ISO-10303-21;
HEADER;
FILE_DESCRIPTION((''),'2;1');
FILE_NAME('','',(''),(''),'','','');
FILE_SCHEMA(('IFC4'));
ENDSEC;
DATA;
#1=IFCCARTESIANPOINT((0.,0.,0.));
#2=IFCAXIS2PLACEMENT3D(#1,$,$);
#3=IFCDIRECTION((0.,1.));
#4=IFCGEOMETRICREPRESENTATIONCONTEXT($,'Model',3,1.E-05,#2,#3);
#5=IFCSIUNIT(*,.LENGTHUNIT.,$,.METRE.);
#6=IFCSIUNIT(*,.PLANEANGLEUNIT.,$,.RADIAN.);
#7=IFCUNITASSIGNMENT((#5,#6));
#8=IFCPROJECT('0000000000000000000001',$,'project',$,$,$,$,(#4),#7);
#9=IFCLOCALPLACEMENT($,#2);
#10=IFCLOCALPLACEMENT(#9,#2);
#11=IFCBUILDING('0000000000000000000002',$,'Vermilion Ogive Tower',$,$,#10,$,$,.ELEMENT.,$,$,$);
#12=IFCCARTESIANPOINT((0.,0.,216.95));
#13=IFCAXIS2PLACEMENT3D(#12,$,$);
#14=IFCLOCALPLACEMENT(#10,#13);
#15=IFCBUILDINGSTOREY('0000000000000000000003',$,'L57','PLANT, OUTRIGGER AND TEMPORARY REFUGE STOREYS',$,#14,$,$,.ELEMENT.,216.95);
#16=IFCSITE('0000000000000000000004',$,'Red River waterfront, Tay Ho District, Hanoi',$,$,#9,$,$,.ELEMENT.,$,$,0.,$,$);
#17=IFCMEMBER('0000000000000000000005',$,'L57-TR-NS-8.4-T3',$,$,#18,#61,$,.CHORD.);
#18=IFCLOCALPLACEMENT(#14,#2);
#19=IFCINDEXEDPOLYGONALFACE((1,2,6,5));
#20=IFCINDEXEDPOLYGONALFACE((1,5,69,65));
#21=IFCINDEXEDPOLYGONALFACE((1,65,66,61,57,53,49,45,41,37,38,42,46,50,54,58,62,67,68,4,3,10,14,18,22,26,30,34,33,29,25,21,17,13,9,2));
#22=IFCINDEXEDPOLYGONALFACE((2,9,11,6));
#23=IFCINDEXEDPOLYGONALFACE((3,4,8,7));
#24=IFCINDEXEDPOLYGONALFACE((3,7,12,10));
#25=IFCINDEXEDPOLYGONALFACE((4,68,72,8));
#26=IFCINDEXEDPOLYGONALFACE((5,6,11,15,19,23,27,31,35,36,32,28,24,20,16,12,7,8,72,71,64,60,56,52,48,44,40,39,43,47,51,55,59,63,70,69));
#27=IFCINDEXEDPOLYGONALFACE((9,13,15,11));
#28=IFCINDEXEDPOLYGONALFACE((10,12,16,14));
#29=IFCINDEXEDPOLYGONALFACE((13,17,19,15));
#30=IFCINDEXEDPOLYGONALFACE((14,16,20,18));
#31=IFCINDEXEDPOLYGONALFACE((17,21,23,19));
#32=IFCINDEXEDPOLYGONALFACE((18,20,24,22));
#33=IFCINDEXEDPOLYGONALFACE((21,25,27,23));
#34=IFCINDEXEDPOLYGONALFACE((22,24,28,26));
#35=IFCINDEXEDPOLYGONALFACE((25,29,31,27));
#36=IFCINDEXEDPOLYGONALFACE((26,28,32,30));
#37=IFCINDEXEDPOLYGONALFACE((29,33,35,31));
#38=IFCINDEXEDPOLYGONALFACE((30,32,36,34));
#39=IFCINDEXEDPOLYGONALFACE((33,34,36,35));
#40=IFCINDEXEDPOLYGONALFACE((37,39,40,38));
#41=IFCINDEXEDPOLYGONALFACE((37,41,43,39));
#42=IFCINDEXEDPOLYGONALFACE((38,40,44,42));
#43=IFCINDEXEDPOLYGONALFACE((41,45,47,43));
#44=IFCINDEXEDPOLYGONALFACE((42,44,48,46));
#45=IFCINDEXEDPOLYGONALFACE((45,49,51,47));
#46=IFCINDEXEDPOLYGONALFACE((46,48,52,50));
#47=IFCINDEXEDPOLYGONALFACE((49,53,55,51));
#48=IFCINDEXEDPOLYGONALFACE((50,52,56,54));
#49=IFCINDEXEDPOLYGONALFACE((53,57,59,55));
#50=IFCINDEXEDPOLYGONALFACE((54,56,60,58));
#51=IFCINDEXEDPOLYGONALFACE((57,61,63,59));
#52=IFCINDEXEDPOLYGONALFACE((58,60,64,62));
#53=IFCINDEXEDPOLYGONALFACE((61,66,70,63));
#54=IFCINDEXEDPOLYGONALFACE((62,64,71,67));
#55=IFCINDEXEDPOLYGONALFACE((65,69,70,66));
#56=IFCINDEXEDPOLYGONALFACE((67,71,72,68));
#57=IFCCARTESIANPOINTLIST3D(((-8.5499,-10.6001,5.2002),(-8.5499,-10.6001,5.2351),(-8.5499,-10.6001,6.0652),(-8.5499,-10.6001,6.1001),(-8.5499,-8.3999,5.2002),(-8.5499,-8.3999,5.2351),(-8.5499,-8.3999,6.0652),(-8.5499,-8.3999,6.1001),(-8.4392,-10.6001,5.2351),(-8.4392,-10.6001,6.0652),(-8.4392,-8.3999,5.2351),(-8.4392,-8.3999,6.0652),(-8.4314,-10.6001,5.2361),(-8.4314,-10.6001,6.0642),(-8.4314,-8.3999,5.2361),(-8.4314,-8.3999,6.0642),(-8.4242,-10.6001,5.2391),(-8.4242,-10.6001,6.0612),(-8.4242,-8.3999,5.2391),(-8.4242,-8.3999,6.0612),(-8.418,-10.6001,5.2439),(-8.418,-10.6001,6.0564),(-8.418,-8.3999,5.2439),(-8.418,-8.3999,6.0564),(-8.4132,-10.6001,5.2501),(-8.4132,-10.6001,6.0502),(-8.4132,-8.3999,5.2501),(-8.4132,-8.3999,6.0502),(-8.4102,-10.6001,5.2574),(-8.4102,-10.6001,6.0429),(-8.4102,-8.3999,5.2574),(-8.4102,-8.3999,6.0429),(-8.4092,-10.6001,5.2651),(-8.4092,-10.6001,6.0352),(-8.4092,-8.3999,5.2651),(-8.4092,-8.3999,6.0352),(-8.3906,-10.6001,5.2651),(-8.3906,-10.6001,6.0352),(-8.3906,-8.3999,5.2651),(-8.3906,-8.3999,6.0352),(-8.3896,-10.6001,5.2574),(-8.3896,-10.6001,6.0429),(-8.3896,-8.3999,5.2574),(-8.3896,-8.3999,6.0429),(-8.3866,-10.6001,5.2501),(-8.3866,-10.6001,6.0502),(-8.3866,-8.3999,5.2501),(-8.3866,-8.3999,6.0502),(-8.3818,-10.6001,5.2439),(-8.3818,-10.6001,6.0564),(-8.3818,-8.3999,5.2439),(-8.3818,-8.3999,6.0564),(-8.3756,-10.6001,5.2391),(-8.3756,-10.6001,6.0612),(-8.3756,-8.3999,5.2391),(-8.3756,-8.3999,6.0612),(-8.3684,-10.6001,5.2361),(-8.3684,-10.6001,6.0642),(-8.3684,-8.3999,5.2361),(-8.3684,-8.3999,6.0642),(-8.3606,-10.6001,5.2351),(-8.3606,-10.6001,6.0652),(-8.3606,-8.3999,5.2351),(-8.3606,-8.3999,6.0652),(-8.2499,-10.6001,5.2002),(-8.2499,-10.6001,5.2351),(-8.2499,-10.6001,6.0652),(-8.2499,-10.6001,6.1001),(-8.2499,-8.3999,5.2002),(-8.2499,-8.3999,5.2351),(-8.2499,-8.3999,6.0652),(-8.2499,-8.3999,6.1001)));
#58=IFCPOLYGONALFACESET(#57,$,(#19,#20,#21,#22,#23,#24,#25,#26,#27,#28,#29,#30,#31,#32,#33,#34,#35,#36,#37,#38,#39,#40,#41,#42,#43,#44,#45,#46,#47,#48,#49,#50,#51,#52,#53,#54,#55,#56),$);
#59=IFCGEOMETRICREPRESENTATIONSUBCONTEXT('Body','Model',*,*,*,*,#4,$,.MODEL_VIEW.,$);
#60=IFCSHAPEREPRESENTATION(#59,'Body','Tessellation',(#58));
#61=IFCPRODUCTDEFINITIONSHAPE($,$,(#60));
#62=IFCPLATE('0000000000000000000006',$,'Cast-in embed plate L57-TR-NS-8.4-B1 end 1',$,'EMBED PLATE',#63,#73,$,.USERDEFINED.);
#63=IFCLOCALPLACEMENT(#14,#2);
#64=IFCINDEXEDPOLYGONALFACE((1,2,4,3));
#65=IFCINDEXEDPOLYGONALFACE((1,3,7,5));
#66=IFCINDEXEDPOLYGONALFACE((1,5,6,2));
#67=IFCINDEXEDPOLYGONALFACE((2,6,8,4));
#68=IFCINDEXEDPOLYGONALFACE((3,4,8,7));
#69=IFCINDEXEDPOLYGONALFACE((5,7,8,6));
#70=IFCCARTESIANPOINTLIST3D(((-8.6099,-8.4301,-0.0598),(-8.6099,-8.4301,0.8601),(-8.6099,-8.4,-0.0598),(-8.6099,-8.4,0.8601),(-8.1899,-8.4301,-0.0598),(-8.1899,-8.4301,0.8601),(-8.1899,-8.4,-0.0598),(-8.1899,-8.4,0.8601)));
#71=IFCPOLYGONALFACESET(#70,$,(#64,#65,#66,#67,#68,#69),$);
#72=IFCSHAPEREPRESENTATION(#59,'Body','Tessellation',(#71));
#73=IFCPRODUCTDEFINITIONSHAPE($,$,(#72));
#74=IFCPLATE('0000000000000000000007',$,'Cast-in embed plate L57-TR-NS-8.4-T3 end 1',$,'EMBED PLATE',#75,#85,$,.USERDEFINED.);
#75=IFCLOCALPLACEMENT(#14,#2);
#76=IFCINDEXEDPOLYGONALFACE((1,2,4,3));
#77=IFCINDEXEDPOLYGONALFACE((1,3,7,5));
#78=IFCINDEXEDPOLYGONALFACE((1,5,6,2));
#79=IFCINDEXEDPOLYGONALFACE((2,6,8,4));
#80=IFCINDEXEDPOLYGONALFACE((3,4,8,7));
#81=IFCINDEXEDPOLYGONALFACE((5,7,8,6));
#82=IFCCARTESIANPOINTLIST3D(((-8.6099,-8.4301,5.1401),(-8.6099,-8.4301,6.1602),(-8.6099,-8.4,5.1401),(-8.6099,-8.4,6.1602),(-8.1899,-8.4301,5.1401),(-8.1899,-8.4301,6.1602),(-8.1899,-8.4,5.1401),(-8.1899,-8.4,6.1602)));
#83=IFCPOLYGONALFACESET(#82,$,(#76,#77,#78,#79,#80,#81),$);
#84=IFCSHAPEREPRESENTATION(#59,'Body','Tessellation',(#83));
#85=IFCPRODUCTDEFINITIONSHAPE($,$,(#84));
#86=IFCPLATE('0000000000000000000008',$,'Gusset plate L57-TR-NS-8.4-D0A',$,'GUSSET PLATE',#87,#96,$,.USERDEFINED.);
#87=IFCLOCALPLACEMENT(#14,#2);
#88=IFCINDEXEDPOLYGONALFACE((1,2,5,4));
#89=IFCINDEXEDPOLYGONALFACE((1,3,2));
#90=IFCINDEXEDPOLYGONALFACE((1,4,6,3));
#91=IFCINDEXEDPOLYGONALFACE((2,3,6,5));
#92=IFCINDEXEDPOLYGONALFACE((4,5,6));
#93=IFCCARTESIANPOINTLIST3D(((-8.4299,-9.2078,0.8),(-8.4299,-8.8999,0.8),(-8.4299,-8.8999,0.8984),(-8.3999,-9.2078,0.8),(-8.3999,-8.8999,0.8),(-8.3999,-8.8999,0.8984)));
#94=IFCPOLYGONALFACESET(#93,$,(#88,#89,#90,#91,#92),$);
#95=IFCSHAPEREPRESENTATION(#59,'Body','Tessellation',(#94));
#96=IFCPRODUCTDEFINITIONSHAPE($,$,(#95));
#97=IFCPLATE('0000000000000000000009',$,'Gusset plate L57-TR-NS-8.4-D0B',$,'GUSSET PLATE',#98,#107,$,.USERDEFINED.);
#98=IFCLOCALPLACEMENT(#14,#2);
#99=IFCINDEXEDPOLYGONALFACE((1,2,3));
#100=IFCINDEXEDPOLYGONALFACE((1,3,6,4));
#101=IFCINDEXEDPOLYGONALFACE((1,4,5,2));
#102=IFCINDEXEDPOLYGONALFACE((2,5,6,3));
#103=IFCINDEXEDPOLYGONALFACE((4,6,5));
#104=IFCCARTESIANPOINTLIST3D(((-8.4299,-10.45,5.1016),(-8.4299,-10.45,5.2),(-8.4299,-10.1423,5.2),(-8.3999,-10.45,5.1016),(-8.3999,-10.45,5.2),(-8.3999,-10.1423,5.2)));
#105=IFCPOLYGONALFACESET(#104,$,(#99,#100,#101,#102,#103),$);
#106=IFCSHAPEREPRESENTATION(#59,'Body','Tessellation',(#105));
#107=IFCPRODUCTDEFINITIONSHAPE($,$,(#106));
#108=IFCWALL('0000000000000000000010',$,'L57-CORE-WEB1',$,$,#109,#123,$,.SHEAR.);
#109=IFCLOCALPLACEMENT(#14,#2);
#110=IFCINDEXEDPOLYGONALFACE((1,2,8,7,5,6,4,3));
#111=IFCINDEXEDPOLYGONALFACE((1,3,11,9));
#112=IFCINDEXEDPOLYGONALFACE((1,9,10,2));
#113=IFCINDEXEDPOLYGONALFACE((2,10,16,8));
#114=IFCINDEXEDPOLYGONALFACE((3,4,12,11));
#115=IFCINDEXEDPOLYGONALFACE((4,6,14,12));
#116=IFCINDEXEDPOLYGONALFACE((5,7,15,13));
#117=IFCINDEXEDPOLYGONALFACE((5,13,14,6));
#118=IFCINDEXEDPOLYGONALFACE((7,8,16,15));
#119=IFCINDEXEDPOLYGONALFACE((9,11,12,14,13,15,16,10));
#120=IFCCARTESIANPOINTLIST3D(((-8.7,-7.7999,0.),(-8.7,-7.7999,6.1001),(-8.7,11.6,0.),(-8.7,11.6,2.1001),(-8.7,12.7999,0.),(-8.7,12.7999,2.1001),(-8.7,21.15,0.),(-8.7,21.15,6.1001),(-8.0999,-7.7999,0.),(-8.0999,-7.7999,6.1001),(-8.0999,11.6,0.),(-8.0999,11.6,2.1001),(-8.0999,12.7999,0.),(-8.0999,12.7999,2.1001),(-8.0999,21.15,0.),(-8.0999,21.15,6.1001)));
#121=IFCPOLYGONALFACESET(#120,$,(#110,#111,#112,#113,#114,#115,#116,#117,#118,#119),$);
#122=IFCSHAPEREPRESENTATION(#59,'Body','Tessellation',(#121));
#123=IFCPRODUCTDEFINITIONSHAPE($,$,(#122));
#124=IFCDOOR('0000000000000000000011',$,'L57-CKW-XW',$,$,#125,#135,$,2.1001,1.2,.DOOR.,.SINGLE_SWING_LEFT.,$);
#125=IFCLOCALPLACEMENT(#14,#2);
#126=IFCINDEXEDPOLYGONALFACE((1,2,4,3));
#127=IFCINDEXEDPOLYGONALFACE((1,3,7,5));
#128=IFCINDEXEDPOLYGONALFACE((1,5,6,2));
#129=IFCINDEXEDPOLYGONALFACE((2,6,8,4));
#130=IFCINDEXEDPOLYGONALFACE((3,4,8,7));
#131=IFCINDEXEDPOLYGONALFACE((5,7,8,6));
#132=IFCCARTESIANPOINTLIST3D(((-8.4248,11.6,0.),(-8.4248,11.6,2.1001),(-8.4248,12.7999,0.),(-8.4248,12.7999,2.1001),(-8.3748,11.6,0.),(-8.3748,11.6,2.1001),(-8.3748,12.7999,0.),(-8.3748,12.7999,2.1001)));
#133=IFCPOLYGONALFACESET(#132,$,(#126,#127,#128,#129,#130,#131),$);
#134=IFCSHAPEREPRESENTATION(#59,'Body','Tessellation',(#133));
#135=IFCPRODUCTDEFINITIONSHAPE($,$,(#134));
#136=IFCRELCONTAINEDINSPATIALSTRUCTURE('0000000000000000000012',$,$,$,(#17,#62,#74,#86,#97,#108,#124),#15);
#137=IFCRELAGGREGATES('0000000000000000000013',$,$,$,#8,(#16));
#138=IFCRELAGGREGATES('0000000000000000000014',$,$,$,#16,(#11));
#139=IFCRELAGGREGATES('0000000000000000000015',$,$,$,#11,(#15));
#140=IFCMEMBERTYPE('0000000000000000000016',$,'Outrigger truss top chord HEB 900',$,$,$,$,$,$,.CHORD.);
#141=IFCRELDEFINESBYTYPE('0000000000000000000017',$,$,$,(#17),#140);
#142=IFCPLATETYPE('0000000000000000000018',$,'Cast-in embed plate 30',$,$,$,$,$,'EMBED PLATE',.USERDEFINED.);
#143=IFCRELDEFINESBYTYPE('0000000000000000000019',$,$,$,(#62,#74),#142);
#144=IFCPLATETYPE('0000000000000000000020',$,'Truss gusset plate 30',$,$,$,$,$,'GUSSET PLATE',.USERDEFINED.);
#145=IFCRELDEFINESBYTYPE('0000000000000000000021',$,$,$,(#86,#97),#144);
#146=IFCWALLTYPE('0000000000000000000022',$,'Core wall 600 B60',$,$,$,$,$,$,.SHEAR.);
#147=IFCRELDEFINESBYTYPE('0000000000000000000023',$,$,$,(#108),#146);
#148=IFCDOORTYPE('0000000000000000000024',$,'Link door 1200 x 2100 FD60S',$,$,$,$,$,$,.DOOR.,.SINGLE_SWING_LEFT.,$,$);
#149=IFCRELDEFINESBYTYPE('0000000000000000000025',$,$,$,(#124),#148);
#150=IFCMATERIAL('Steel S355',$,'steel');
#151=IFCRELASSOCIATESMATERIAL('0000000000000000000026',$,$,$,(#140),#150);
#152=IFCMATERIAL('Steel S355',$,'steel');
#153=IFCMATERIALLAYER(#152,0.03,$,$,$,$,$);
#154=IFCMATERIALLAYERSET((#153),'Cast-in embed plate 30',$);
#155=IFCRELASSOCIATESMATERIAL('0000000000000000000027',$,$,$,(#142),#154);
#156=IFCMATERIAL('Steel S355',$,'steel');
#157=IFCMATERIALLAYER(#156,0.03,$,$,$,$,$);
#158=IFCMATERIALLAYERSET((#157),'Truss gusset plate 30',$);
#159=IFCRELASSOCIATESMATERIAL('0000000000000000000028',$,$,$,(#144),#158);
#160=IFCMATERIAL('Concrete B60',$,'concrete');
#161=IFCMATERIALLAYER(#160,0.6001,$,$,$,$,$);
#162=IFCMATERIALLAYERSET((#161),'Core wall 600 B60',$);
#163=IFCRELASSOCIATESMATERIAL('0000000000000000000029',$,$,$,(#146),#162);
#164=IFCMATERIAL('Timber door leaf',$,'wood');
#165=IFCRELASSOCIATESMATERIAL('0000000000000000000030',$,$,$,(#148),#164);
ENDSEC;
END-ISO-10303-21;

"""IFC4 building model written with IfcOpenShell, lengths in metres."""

from ifc_helpers import new_model, si_unit, direction, frame, frame_2d, origin, origin_2d, place, context, subcontext, project, spatial, polyline, rectangle, i_section, outline, extrude, material, layer, layer_set, material_profile, profile_set, type_object, element, fill, save


model = new_model("IFC4")

# Units and contexts
model_context = context("Model", 3, precision=1e-05, world=origin(), true_north=direction((0.0, 1.0)))
body_context = subcontext(model_context, "Body", "Model", "MODEL_VIEW")
ifc_project = project(units=[si_unit("LENGTHUNIT", "METRE"), si_unit("PLANEANGLEUNIT", "RADIAN")], contexts=[model_context])

# Site, building, storey
site_placement = place(None, origin())
site = spatial("IfcSite", under=ifc_project, at=site_placement, Name="Red River waterfront, Tay Ho District, Hanoi", CompositionType="ELEMENT", RefElevation=0.0)
building_placement = place(site_placement, origin())
building = spatial("IfcBuilding", under=site, at=building_placement, Name="Vermilion Ogive Tower", CompositionType="ELEMENT")
storey_placement = place(building_placement, frame((0.0, 0.0, 216.95)))
storey = spatial("IfcBuildingStorey", under=building, at=storey_placement, Name="L57", Description="PLANT, OUTRIGGER AND TEMPORARY REFUGE STOREYS", CompositionType="ELEMENT", Elevation=216.95)

# Member
ifc_material_1 = material(Name="Steel S355", Category="steel")
ifc_material_profile_1 = material_profile(ifc_material_1, i_section(OverallWidth=0.3, OverallDepth=0.8999, WebThickness=0.0186, FlangeThickness=0.0349, FilletRadius=0.03, at=origin_2d()), Name="HEB 900")
ifc_profile_set_1 = profile_set([ifc_material_profile_1], Name="Steel S355")
member_type_1 = type_object("IfcMemberType", Name="Outrigger truss top chord HEB 900", PredefinedType="CHORD", material=ifc_profile_set_1)
member_1_placement = place(storey_placement, frame((-8.3999, -8.3999, 5.6501), z_axis=(0.0, -1.0, 0.0), x_axis=(1.0, 0.0, 0.0)))
element("IfcMember", 1, at=member_1_placement, inside=storey, type_object=member_type_1, Name="L57-TR-NS-8.4-T3", PredefinedType="CHORD", context=body_context, shape_type="SweptSolid", body=[
    extrude(i_section(OverallWidth=0.3, OverallDepth=0.8999, WebThickness=0.0186, FlangeThickness=0.0349, FilletRadius=0.03, at=origin_2d()), origin(), (0.0, 0.0, 1.0), 2.2002),
])

# Plates
ifc_material_2 = material(Name="Steel S355", Category="steel")
ifc_layer_1 = layer(ifc_material_2, 0.03)
ifc_layer_set_1 = layer_set([ifc_layer_1], Name="Cast-in embed plate 30")
plate_type_1 = type_object("IfcPlateType", Name="Cast-in embed plate 30", ElementType="EMBED PLATE", PredefinedType="USERDEFINED", material=ifc_layer_set_1)
plate_1_placement = place(storey_placement, frame((-8.3999, -8.415, -0.0598), z_axis=(0.0, 0.0, 1.0), x_axis=(1.0, 0.0, 0.0)))
element("IfcPlate", 2, at=plate_1_placement, inside=storey, type_object=plate_type_1, Name="Cast-in embed plate L57-TR-NS-8.4-B1 end 1", ObjectType="EMBED PLATE", PredefinedType="USERDEFINED", context=body_context, shape_type="SweptSolid", body=[
    extrude(rectangle(XDim=0.4199, YDim=0.03, at=origin_2d()), origin(), (0.0, 0.0, 1.0), 0.9199),
])
plate_2_placement = place(storey_placement, frame((-8.3999, -8.415, 5.1401), z_axis=(0.0, 0.0, 1.0), x_axis=(1.0, 0.0, 0.0)))
element("IfcPlate", 3, at=plate_2_placement, inside=storey, type_object=plate_type_1, Name="Cast-in embed plate L57-TR-NS-8.4-T3 end 1", ObjectType="EMBED PLATE", PredefinedType="USERDEFINED", context=body_context, shape_type="SweptSolid", body=[
    extrude(rectangle(XDim=0.4199, YDim=0.03, at=origin_2d()), origin(), (0.0, 0.0, 1.0), 1.02),
])
ifc_material_3 = material(Name="Steel S355", Category="steel")
ifc_layer_2 = layer(ifc_material_3, 0.03)
ifc_layer_set_2 = layer_set([ifc_layer_2], Name="Truss gusset plate 30")
plate_type_2 = type_object("IfcPlateType", Name="Truss gusset plate 30", ElementType="GUSSET PLATE", PredefinedType="USERDEFINED", material=ifc_layer_set_2)
plate_3_placement = place(storey_placement, frame((-8.3999, -8.8999, 0.8984), z_axis=(1.0, 0.0, 0.0), x_axis=(0.0, -0.952538, -0.304419)))
element("IfcPlate", 4, at=plate_3_placement, inside=storey, type_object=plate_type_2, Name="Gusset plate L57-TR-NS-8.4-D0A", ObjectType="GUSSET PLATE", PredefinedType="USERDEFINED", context=body_context, shape_type="SweptSolid", body=[
    extrude(outline(polyline([(0.0, 0.0), (0.3232, 0.0), (0.03, 0.0937), (0.0, 0.0)])), origin(), (0.0, 0.0, -1.0), 0.03),
])
plate_4_placement = place(storey_placement, frame((-8.3999, -10.45, 5.1016), z_axis=(1.0, 0.0, 0.0), x_axis=(0.0, 0.952468, 0.304639)))
element("IfcPlate", 5, at=plate_4_placement, inside=storey, type_object=plate_type_2, Name="Gusset plate L57-TR-NS-8.4-D0B", ObjectType="GUSSET PLATE", PredefinedType="USERDEFINED", context=body_context, shape_type="SweptSolid", body=[
    extrude(outline(polyline([(0.0, 0.0), (0.323, 0.0), (0.03, 0.0937), (0.0, 0.0)])), origin(), (0.0, 0.0, -1.0), 0.03),
])

# Wall, opening, door
ifc_material_4 = material(Name="Concrete B60", Category="concrete")
ifc_layer_3 = layer(ifc_material_4, 0.6001)
ifc_layer_set_3 = layer_set([ifc_layer_3], Name="Core wall 600 B60")
wall_type_1 = type_object("IfcWallType", Name="Core wall 600 B60", PredefinedType="SHEAR", material=ifc_layer_set_3)
wall_1_placement = place(storey_placement, frame((-8.3999, -7.8, 0.0), z_axis=(0.0, 0.0, 1.0), x_axis=(0.0, 1.0, 0.0)))
wall_1 = element("IfcWall", 6, at=wall_1_placement, inside=storey, type_object=wall_type_1, Name="L57-CORE-WEB1", PredefinedType="SHEAR", context=body_context, shape_type="SweptSolid", body=[
    extrude(rectangle(XDim=28.95, YDim=0.6001, at=frame_2d((14.4751, 0.0))), origin(), (0.0, 0.0, 1.0), 6.1001),
])
opening_1_placement = place(wall_1_placement, frame((19.3999, 0.0, 0.0)))
opening_1 = element("IfcOpeningElement", 7, at=opening_1_placement, cuts=wall_1, PredefinedType="OPENING", context=body_context, shape_type="SweptSolid", body=[
    extrude(rectangle(XDim=1.2, YDim=2.1001, at=frame_2d((0.6001, 1.05))), frame((0.0, 0.3101, 0.0), z_axis=(0.0, -1.0, 0.0), x_axis=(1.0, 0.0, 0.0)), (0.0, 0.0, 1.0), 0.6201),
])
ifc_material_5 = material(Name="Timber door leaf", Category="wood")
door_type_1 = type_object("IfcDoorType", Name="Link door 1200 x 2100 FD60S", OperationType="SINGLE_SWING_LEFT", PredefinedType="DOOR", material=ifc_material_5)
door_1_placement = place(opening_1_placement, origin())
door_1 = element("IfcDoor", 8, at=door_1_placement, inside=storey, type_object=door_type_1, Name="L57-CKW-XW", OperationType="SINGLE_SWING_LEFT", OverallHeight=2.1001, OverallWidth=1.2, PredefinedType="DOOR", context=body_context, shape_type="SweptSolid", body=[
    extrude(rectangle(XDim=1.2, YDim=2.1001, at=frame_2d((0.6001, 1.05))), frame((0.0, 0.0249, 0.0), z_axis=(0.0, -1.0, 0.0), x_axis=(1.0, 0.0, 0.0)), (0.0, 0.0, 1.0), 0.05),
])
fill(opening_1, door_1)

save(model, "model.ifc")
